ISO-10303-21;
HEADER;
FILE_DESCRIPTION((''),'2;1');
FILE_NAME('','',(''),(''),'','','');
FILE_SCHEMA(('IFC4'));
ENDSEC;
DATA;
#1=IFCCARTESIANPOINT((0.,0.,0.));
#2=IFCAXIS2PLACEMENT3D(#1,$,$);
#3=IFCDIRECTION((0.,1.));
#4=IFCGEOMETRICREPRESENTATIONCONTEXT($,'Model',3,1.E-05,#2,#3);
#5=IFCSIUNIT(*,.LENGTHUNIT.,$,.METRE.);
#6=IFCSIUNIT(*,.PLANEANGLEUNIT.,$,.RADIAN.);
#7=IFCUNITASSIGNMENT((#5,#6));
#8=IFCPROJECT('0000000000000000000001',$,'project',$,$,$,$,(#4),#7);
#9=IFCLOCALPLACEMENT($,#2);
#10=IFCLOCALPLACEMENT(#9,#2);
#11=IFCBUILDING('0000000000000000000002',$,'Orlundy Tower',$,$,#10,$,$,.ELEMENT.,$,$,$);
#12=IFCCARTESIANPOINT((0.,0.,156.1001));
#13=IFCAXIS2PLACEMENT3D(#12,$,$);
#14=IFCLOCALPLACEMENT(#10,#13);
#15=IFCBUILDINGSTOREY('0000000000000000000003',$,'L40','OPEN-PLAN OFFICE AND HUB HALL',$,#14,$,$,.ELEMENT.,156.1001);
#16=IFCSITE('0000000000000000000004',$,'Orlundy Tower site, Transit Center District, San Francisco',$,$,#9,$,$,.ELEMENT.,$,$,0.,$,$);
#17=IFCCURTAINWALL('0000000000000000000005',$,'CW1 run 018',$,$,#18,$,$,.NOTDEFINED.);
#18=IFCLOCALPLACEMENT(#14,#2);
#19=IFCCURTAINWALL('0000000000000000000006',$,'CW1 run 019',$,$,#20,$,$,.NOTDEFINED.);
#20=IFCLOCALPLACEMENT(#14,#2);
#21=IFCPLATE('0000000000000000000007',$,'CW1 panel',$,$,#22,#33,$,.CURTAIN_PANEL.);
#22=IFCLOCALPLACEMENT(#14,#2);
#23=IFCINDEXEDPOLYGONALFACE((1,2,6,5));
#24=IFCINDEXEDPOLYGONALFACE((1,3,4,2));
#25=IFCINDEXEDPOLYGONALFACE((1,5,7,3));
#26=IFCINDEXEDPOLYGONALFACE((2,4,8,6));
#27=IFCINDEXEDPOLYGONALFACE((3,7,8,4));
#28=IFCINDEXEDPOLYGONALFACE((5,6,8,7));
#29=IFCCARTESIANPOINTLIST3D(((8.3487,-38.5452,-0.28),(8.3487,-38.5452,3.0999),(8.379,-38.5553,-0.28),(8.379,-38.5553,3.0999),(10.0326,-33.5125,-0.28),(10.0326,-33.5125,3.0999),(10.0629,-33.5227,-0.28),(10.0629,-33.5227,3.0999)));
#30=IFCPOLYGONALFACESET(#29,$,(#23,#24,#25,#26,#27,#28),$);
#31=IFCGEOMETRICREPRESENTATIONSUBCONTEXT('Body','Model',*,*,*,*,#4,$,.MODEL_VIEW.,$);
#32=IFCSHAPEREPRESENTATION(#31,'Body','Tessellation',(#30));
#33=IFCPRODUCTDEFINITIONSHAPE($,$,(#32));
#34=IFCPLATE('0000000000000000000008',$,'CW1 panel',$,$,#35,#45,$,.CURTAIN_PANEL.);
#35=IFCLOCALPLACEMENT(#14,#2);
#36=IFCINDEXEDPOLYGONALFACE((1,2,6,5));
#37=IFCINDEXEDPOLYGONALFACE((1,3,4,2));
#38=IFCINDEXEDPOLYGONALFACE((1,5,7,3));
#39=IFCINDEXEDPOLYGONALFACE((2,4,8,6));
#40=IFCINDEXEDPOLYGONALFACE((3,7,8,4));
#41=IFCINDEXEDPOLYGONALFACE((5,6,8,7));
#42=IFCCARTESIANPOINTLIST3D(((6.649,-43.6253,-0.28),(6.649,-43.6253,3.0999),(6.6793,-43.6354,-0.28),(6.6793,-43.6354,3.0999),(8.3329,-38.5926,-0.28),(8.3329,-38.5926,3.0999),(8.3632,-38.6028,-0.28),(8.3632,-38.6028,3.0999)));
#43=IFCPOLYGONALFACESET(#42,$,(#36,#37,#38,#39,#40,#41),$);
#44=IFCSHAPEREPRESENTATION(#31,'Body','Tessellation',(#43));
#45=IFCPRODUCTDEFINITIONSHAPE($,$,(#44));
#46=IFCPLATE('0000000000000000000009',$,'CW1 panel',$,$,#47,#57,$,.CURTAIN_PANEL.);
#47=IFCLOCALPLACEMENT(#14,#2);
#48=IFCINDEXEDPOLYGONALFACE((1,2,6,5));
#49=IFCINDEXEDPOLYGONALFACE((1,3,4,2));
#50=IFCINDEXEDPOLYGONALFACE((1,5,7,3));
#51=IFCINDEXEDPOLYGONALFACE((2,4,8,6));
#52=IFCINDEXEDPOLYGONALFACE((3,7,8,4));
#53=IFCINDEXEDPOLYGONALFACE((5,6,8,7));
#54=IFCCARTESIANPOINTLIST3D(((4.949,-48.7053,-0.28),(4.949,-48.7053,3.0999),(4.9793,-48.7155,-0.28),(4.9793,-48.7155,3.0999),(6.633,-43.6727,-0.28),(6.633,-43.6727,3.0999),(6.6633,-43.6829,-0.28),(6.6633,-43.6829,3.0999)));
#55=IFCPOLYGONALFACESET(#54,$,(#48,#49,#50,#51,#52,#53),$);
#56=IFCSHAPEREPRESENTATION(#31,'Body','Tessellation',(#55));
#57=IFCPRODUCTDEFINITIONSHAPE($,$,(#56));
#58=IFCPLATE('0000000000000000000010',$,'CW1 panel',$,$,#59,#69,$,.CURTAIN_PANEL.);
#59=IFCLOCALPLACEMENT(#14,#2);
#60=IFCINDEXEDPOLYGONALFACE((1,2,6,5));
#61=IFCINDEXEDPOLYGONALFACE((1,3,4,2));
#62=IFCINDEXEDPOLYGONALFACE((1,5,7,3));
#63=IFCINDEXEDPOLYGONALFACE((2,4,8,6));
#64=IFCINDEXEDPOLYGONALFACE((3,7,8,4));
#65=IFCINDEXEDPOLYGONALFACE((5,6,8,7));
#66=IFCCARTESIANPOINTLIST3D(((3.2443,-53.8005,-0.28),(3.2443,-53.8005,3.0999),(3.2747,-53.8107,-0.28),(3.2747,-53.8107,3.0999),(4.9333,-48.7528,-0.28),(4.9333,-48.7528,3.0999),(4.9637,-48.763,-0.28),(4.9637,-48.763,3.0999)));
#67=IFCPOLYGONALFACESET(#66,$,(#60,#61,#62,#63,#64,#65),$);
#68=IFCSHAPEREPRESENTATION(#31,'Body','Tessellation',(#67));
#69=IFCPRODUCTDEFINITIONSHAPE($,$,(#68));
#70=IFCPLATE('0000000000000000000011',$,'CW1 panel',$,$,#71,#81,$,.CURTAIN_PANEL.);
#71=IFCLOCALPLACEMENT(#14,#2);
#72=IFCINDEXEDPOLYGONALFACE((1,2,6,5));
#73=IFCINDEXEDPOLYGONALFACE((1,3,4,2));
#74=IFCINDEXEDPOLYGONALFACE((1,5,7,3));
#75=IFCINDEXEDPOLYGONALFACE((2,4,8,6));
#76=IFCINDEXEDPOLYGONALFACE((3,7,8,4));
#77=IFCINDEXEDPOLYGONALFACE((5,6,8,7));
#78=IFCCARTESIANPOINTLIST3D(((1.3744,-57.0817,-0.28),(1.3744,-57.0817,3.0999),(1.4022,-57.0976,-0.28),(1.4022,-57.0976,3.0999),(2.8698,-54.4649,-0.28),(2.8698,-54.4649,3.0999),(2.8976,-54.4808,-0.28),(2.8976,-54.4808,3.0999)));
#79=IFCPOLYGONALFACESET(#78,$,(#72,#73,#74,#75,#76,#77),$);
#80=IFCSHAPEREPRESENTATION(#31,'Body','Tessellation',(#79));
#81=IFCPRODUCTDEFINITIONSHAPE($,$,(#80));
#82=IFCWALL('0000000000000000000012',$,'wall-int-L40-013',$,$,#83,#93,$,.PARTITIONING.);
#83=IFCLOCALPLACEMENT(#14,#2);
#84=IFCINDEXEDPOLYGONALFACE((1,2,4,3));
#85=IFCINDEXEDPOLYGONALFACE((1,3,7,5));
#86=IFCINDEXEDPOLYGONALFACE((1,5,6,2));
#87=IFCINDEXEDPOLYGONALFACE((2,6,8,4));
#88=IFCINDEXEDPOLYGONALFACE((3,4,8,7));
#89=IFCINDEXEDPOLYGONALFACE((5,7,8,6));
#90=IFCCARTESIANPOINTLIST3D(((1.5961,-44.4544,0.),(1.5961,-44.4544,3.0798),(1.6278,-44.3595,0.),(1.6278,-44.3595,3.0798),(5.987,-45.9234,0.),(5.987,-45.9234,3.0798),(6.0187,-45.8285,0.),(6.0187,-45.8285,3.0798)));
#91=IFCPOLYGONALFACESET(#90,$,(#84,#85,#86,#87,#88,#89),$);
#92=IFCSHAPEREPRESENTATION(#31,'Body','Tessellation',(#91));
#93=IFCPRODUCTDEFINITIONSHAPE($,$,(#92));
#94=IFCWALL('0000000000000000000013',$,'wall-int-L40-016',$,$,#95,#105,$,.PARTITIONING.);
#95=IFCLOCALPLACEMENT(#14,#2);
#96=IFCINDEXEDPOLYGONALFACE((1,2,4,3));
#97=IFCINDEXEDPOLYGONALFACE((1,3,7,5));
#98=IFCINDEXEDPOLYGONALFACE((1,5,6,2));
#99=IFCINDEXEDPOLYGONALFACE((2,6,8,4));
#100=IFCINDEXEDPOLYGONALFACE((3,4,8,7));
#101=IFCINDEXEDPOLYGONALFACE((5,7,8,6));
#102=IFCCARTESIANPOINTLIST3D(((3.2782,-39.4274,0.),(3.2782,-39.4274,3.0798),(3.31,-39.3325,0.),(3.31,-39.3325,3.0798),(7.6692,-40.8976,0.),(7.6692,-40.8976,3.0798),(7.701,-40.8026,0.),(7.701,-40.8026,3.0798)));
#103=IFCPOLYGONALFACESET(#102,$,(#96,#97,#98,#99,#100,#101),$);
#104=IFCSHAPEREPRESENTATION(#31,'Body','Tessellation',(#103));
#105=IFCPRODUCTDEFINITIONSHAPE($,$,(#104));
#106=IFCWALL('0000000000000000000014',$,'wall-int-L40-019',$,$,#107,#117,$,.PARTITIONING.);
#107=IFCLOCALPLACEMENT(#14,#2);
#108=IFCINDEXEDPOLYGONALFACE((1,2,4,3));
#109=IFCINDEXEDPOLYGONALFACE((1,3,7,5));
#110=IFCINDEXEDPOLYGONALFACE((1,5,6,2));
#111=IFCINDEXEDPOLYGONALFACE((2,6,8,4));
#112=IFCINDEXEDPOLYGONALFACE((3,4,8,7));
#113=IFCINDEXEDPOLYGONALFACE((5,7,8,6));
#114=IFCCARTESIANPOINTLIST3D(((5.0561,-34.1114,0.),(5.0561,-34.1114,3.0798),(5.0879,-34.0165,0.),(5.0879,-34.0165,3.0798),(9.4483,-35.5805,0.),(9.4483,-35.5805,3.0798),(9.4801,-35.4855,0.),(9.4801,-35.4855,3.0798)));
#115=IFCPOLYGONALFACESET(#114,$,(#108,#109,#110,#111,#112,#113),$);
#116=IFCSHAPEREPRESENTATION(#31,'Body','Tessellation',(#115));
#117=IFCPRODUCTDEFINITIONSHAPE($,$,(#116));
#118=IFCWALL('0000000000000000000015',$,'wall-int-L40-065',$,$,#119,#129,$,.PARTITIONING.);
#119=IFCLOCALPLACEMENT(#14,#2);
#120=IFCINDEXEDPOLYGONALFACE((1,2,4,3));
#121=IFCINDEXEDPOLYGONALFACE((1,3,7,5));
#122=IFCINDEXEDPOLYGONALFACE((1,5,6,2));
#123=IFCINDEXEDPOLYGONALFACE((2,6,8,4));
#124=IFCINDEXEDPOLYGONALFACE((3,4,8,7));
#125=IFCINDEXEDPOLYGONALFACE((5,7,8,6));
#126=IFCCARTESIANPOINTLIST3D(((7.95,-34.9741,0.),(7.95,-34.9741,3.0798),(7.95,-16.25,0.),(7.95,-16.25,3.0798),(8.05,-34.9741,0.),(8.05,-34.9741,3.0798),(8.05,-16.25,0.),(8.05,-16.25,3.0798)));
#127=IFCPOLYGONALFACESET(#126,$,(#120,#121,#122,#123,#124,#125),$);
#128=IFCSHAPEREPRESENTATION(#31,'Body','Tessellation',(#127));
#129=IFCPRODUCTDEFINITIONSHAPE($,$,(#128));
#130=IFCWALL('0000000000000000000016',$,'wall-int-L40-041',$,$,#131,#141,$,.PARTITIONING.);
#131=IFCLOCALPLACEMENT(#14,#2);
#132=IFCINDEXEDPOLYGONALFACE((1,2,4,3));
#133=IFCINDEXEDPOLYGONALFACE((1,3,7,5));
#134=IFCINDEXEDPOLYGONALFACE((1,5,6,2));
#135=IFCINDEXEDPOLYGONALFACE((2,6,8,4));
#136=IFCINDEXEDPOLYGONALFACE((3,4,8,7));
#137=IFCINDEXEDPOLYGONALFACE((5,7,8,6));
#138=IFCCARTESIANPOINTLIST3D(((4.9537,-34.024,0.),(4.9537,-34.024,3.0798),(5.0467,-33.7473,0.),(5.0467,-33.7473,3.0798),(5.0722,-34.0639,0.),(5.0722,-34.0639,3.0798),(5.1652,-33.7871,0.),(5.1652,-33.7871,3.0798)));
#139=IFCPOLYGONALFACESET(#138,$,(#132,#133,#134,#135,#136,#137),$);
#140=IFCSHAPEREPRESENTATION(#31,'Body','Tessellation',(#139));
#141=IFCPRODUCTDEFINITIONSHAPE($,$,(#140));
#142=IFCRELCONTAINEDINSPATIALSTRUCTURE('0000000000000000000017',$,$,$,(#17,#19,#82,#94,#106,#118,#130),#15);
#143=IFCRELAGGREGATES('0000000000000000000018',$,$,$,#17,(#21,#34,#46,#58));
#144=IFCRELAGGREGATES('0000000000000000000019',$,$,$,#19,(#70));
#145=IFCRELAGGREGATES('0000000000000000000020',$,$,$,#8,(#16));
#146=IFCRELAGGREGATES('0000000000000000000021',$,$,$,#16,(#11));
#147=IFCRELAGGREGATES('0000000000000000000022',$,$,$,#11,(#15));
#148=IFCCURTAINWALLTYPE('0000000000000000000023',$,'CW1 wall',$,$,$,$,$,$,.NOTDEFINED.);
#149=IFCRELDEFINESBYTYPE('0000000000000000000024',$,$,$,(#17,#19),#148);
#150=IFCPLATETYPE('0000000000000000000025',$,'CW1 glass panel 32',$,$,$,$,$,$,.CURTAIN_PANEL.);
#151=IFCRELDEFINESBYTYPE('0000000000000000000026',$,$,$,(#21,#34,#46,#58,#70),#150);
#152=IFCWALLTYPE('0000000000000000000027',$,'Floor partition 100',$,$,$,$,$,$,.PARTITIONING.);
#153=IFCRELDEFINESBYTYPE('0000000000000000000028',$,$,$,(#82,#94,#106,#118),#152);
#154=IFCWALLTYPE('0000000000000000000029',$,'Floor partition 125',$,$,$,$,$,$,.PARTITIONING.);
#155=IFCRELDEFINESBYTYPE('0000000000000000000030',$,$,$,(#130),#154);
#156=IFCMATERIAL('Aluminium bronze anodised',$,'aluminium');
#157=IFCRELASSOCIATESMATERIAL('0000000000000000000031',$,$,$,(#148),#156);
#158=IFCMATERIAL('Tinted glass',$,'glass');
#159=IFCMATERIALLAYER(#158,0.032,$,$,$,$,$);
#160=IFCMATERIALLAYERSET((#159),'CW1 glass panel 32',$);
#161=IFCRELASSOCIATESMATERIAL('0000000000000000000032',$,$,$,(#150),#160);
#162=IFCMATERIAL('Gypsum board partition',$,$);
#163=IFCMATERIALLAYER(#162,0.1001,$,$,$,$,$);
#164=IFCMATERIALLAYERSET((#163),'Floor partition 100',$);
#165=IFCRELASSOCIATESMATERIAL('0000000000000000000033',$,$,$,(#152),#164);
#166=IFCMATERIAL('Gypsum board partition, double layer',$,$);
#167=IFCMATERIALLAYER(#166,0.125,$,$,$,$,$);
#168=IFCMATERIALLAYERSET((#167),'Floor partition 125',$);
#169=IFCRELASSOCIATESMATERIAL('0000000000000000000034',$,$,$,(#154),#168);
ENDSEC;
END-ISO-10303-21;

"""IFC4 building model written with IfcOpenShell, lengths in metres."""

from ifc_helpers import new_model, si_unit, direction, frame, frame_2d, origin, origin_2d, place, context, subcontext, project, spatial, rectangle, extrude, material, layer, layer_set, type_object, element, aggregate, save


model = new_model("IFC4")

# Units and contexts
model_context = context("Model", 3, precision=1e-05, world=origin(), true_north=direction((0.0, 1.0)))
body_context = subcontext(model_context, "Body", "Model", "MODEL_VIEW")
ifc_project = project(units=[si_unit("LENGTHUNIT", "METRE"), si_unit("PLANEANGLEUNIT", "RADIAN")], contexts=[model_context])

# Site, building, storey
site_placement = place(None, origin())
site = spatial("IfcSite", under=ifc_project, at=site_placement, Name="Orlundy Tower site, Transit Center District, San Francisco", CompositionType="ELEMENT", RefElevation=0.0)
building_placement = place(site_placement, origin())
building = spatial("IfcBuilding", under=site, at=building_placement, Name="Orlundy Tower", CompositionType="ELEMENT")
storey_placement = place(building_placement, frame((0.0, 0.0, 156.1001)))
storey = spatial("IfcBuildingStorey", under=building, at=storey_placement, Name="L40", Description="OPEN-PLAN OFFICE AND HUB HALL", CompositionType="ELEMENT", Elevation=156.1001)

# Shared definitions
ifc_material_1 = material(Name="Aluminium bronze anodised", Category="aluminium")
curtain_wall_type = type_object("IfcCurtainWallType", Name="CW1 wall", PredefinedType="NOTDEFINED", material=ifc_material_1)

# Curtain wall
curtain_wall_1_placement = place(storey_placement, origin())
curtain_wall_1 = element("IfcCurtainWall", 1, at=curtain_wall_1_placement, inside=storey, type_object=curtain_wall_type, Name="CW1 run 018", PredefinedType="NOTDEFINED")

# Curtain wall
curtain_wall_2_placement = place(storey_placement, origin())
curtain_wall_2 = element("IfcCurtainWall", 2, at=curtain_wall_2_placement, inside=storey, type_object=curtain_wall_type, Name="CW1 run 019", PredefinedType="NOTDEFINED")

# Plates
ifc_material_2 = material(Name="Tinted glass", Category="glass")
ifc_layer_1 = layer(ifc_material_2, 0.032)
ifc_layer_set_1 = layer_set([ifc_layer_1], Name="CW1 glass panel 32")
plate_type = type_object("IfcPlateType", Name="CW1 glass panel 32", PredefinedType="CURTAIN_PANEL", material=ifc_layer_set_1)
plate_1_placement = place(storey_placement, frame((9.2058, -36.0339, -0.28), z_axis=(0.0, 0.0, 1.0), x_axis=(-0.317314, -0.948321, 0.0)))
plate_1 = element("IfcPlate", 3, at=plate_1_placement, type_object=plate_type, Name="CW1 panel", PredefinedType="CURTAIN_PANEL", context=body_context, shape_type="SweptSolid", body=[
    extrude(rectangle(XDim=5.3069, YDim=0.032, at=origin_2d()), origin(), (0.0, 0.0, 1.0), 3.3799),
])
plate_2_placement = place(storey_placement, frame((7.5061, -41.114, -0.28), z_axis=(0.0, 0.0, 1.0), x_axis=(-0.317314, -0.948321, 0.0)))
plate_2 = element("IfcPlate", 4, at=plate_2_placement, type_object=plate_type, Name="CW1 panel", PredefinedType="CURTAIN_PANEL", context=body_context, shape_type="SweptSolid", body=[
    extrude(rectangle(XDim=5.3069, YDim=0.032, at=origin_2d()), origin(), (0.0, 0.0, 1.0), 3.3799),
])
plate_3_placement = place(storey_placement, frame((5.8062, -46.1941, -0.28), z_axis=(0.0, 0.0, 1.0), x_axis=(-0.317314, -0.948321, 0.0)))
plate_3 = element("IfcPlate", 5, at=plate_3_placement, type_object=plate_type, Name="CW1 panel", PredefinedType="CURTAIN_PANEL", context=body_context, shape_type="SweptSolid", body=[
    extrude(rectangle(XDim=5.3069, YDim=0.032, at=origin_2d()), origin(), (0.0, 0.0, 1.0), 3.3799),
])
plate_4_placement = place(storey_placement, frame((4.104, -51.2817, -0.28), z_axis=(0.0, 0.0, 1.0), x_axis=(-0.317314, -0.948321, 0.0)))
plate_4 = element("IfcPlate", 6, at=plate_4_placement, type_object=plate_type, Name="CW1 panel", PredefinedType="CURTAIN_PANEL", context=body_context, shape_type="SweptSolid", body=[
    extrude(rectangle(XDim=5.3228, YDim=0.032, at=origin_2d()), origin(), (0.0, 0.0, 1.0), 3.3799),
])
aggregate(curtain_wall_1, [plate_1, plate_2, plate_3, plate_4])
plate_5_placement = place(storey_placement, frame((2.136, -55.7812, -0.28), z_axis=(0.0, 0.0, 1.0), x_axis=(-0.496168, -0.868227, 0.0)))
plate_5 = element("IfcPlate", 7, at=plate_5_placement, type_object=plate_type, Name="CW1 panel", PredefinedType="CURTAIN_PANEL", context=body_context, shape_type="SweptSolid", body=[
    extrude(rectangle(XDim=3.0139, YDim=0.032, at=origin_2d()), origin(), (0.0, 0.0, 1.0), 3.3799),
])
aggregate(curtain_wall_2, [plate_5])

# Walls
ifc_material_3 = material(Name="Gypsum board partition")
ifc_layer_2 = layer(ifc_material_3, 0.1001)
ifc_layer_set_2 = layer_set([ifc_layer_2], Name="Floor partition 100")
wall_type_1 = type_object("IfcWallType", Name="Floor partition 100", PredefinedType="PARTITIONING", material=ifc_layer_set_2)
wall_1_placement = place(storey_placement, frame((1.6121, -44.407, 0.0), z_axis=(0.0, 0.0, 1.0), x_axis=(0.948335, -0.317272, 0.0)))
element("IfcWall", 8, at=wall_1_placement, inside=storey, type_object=wall_type_1, Name="wall-int-L40-013", PredefinedType="PARTITIONING", context=body_context, shape_type="SweptSolid", body=[
    extrude(rectangle(XDim=4.6301, YDim=0.1001, at=frame_2d((2.3149, 0.0))), origin(), (0.0, 0.0, 1.0), 3.0798),
])
wall_2_placement = place(storey_placement, frame((3.2939, -39.3799, 0.0), z_axis=(0.0, 0.0, 1.0), x_axis=(0.948261, -0.317493, 0.0)))
element("IfcWall", 9, at=wall_2_placement, inside=storey, type_object=wall_type_1, Name="wall-int-L40-016", PredefinedType="PARTITIONING", context=body_context, shape_type="SweptSolid", body=[
    extrude(rectangle(XDim=4.6306, YDim=0.1001, at=frame_2d((2.3154, 0.0))), origin(), (0.0, 0.0, 1.0), 3.0798),
])
wall_3_placement = place(storey_placement, frame((5.072, -34.064, 0.0), z_axis=(0.0, 0.0, 1.0), x_axis=(0.948361, -0.317192, 0.0)))
element("IfcWall", 10, at=wall_3_placement, inside=storey, type_object=wall_type_1, Name="wall-int-L40-019", PredefinedType="PARTITIONING", context=body_context, shape_type="SweptSolid", body=[
    extrude(rectangle(XDim=4.6313, YDim=0.1001, at=frame_2d((2.3157, 0.0))), origin(), (0.0, 0.0, 1.0), 3.0798),
])
wall_4_placement = place(storey_placement, frame((8.0, -34.9741, 0.0), z_axis=(0.0, 0.0, 1.0), x_axis=(0.0, 1.0, 0.0)))
element("IfcWall", 11, at=wall_4_placement, inside=storey, type_object=wall_type_1, Name="wall-int-L40-065", PredefinedType="PARTITIONING", context=body_context, shape_type="SweptSolid", body=[
    extrude(rectangle(XDim=18.7241, YDim=0.1001, at=frame_2d((9.3621, 0.0))), origin(), (0.0, 0.0, 1.0), 3.0798),
])
ifc_material_4 = material(Name="Gypsum board partition, double layer")
ifc_layer_3 = layer(ifc_material_4, 0.125)
ifc_layer_set_3 = layer_set([ifc_layer_3], Name="Floor partition 125")
wall_type_2 = type_object("IfcWallType", Name="Floor partition 125", PredefinedType="PARTITIONING", material=ifc_layer_set_3)
wall_5_placement = place(storey_placement, frame((5.0129, -34.0439, 0.0), z_axis=(0.0, 0.0, 1.0), x_axis=(0.318484, 0.947928, 0.0)))
element("IfcWall", 12, at=wall_5_placement, inside=storey, type_object=wall_type_2, Name="wall-int-L40-041", PredefinedType="PARTITIONING", context=body_context, shape_type="SweptSolid", body=[
    extrude(rectangle(XDim=0.292, YDim=0.125, at=frame_2d((0.146, 0.0))), origin(), (0.0, 0.0, 1.0), 3.0798),
])

save(model, "model.ifc")
